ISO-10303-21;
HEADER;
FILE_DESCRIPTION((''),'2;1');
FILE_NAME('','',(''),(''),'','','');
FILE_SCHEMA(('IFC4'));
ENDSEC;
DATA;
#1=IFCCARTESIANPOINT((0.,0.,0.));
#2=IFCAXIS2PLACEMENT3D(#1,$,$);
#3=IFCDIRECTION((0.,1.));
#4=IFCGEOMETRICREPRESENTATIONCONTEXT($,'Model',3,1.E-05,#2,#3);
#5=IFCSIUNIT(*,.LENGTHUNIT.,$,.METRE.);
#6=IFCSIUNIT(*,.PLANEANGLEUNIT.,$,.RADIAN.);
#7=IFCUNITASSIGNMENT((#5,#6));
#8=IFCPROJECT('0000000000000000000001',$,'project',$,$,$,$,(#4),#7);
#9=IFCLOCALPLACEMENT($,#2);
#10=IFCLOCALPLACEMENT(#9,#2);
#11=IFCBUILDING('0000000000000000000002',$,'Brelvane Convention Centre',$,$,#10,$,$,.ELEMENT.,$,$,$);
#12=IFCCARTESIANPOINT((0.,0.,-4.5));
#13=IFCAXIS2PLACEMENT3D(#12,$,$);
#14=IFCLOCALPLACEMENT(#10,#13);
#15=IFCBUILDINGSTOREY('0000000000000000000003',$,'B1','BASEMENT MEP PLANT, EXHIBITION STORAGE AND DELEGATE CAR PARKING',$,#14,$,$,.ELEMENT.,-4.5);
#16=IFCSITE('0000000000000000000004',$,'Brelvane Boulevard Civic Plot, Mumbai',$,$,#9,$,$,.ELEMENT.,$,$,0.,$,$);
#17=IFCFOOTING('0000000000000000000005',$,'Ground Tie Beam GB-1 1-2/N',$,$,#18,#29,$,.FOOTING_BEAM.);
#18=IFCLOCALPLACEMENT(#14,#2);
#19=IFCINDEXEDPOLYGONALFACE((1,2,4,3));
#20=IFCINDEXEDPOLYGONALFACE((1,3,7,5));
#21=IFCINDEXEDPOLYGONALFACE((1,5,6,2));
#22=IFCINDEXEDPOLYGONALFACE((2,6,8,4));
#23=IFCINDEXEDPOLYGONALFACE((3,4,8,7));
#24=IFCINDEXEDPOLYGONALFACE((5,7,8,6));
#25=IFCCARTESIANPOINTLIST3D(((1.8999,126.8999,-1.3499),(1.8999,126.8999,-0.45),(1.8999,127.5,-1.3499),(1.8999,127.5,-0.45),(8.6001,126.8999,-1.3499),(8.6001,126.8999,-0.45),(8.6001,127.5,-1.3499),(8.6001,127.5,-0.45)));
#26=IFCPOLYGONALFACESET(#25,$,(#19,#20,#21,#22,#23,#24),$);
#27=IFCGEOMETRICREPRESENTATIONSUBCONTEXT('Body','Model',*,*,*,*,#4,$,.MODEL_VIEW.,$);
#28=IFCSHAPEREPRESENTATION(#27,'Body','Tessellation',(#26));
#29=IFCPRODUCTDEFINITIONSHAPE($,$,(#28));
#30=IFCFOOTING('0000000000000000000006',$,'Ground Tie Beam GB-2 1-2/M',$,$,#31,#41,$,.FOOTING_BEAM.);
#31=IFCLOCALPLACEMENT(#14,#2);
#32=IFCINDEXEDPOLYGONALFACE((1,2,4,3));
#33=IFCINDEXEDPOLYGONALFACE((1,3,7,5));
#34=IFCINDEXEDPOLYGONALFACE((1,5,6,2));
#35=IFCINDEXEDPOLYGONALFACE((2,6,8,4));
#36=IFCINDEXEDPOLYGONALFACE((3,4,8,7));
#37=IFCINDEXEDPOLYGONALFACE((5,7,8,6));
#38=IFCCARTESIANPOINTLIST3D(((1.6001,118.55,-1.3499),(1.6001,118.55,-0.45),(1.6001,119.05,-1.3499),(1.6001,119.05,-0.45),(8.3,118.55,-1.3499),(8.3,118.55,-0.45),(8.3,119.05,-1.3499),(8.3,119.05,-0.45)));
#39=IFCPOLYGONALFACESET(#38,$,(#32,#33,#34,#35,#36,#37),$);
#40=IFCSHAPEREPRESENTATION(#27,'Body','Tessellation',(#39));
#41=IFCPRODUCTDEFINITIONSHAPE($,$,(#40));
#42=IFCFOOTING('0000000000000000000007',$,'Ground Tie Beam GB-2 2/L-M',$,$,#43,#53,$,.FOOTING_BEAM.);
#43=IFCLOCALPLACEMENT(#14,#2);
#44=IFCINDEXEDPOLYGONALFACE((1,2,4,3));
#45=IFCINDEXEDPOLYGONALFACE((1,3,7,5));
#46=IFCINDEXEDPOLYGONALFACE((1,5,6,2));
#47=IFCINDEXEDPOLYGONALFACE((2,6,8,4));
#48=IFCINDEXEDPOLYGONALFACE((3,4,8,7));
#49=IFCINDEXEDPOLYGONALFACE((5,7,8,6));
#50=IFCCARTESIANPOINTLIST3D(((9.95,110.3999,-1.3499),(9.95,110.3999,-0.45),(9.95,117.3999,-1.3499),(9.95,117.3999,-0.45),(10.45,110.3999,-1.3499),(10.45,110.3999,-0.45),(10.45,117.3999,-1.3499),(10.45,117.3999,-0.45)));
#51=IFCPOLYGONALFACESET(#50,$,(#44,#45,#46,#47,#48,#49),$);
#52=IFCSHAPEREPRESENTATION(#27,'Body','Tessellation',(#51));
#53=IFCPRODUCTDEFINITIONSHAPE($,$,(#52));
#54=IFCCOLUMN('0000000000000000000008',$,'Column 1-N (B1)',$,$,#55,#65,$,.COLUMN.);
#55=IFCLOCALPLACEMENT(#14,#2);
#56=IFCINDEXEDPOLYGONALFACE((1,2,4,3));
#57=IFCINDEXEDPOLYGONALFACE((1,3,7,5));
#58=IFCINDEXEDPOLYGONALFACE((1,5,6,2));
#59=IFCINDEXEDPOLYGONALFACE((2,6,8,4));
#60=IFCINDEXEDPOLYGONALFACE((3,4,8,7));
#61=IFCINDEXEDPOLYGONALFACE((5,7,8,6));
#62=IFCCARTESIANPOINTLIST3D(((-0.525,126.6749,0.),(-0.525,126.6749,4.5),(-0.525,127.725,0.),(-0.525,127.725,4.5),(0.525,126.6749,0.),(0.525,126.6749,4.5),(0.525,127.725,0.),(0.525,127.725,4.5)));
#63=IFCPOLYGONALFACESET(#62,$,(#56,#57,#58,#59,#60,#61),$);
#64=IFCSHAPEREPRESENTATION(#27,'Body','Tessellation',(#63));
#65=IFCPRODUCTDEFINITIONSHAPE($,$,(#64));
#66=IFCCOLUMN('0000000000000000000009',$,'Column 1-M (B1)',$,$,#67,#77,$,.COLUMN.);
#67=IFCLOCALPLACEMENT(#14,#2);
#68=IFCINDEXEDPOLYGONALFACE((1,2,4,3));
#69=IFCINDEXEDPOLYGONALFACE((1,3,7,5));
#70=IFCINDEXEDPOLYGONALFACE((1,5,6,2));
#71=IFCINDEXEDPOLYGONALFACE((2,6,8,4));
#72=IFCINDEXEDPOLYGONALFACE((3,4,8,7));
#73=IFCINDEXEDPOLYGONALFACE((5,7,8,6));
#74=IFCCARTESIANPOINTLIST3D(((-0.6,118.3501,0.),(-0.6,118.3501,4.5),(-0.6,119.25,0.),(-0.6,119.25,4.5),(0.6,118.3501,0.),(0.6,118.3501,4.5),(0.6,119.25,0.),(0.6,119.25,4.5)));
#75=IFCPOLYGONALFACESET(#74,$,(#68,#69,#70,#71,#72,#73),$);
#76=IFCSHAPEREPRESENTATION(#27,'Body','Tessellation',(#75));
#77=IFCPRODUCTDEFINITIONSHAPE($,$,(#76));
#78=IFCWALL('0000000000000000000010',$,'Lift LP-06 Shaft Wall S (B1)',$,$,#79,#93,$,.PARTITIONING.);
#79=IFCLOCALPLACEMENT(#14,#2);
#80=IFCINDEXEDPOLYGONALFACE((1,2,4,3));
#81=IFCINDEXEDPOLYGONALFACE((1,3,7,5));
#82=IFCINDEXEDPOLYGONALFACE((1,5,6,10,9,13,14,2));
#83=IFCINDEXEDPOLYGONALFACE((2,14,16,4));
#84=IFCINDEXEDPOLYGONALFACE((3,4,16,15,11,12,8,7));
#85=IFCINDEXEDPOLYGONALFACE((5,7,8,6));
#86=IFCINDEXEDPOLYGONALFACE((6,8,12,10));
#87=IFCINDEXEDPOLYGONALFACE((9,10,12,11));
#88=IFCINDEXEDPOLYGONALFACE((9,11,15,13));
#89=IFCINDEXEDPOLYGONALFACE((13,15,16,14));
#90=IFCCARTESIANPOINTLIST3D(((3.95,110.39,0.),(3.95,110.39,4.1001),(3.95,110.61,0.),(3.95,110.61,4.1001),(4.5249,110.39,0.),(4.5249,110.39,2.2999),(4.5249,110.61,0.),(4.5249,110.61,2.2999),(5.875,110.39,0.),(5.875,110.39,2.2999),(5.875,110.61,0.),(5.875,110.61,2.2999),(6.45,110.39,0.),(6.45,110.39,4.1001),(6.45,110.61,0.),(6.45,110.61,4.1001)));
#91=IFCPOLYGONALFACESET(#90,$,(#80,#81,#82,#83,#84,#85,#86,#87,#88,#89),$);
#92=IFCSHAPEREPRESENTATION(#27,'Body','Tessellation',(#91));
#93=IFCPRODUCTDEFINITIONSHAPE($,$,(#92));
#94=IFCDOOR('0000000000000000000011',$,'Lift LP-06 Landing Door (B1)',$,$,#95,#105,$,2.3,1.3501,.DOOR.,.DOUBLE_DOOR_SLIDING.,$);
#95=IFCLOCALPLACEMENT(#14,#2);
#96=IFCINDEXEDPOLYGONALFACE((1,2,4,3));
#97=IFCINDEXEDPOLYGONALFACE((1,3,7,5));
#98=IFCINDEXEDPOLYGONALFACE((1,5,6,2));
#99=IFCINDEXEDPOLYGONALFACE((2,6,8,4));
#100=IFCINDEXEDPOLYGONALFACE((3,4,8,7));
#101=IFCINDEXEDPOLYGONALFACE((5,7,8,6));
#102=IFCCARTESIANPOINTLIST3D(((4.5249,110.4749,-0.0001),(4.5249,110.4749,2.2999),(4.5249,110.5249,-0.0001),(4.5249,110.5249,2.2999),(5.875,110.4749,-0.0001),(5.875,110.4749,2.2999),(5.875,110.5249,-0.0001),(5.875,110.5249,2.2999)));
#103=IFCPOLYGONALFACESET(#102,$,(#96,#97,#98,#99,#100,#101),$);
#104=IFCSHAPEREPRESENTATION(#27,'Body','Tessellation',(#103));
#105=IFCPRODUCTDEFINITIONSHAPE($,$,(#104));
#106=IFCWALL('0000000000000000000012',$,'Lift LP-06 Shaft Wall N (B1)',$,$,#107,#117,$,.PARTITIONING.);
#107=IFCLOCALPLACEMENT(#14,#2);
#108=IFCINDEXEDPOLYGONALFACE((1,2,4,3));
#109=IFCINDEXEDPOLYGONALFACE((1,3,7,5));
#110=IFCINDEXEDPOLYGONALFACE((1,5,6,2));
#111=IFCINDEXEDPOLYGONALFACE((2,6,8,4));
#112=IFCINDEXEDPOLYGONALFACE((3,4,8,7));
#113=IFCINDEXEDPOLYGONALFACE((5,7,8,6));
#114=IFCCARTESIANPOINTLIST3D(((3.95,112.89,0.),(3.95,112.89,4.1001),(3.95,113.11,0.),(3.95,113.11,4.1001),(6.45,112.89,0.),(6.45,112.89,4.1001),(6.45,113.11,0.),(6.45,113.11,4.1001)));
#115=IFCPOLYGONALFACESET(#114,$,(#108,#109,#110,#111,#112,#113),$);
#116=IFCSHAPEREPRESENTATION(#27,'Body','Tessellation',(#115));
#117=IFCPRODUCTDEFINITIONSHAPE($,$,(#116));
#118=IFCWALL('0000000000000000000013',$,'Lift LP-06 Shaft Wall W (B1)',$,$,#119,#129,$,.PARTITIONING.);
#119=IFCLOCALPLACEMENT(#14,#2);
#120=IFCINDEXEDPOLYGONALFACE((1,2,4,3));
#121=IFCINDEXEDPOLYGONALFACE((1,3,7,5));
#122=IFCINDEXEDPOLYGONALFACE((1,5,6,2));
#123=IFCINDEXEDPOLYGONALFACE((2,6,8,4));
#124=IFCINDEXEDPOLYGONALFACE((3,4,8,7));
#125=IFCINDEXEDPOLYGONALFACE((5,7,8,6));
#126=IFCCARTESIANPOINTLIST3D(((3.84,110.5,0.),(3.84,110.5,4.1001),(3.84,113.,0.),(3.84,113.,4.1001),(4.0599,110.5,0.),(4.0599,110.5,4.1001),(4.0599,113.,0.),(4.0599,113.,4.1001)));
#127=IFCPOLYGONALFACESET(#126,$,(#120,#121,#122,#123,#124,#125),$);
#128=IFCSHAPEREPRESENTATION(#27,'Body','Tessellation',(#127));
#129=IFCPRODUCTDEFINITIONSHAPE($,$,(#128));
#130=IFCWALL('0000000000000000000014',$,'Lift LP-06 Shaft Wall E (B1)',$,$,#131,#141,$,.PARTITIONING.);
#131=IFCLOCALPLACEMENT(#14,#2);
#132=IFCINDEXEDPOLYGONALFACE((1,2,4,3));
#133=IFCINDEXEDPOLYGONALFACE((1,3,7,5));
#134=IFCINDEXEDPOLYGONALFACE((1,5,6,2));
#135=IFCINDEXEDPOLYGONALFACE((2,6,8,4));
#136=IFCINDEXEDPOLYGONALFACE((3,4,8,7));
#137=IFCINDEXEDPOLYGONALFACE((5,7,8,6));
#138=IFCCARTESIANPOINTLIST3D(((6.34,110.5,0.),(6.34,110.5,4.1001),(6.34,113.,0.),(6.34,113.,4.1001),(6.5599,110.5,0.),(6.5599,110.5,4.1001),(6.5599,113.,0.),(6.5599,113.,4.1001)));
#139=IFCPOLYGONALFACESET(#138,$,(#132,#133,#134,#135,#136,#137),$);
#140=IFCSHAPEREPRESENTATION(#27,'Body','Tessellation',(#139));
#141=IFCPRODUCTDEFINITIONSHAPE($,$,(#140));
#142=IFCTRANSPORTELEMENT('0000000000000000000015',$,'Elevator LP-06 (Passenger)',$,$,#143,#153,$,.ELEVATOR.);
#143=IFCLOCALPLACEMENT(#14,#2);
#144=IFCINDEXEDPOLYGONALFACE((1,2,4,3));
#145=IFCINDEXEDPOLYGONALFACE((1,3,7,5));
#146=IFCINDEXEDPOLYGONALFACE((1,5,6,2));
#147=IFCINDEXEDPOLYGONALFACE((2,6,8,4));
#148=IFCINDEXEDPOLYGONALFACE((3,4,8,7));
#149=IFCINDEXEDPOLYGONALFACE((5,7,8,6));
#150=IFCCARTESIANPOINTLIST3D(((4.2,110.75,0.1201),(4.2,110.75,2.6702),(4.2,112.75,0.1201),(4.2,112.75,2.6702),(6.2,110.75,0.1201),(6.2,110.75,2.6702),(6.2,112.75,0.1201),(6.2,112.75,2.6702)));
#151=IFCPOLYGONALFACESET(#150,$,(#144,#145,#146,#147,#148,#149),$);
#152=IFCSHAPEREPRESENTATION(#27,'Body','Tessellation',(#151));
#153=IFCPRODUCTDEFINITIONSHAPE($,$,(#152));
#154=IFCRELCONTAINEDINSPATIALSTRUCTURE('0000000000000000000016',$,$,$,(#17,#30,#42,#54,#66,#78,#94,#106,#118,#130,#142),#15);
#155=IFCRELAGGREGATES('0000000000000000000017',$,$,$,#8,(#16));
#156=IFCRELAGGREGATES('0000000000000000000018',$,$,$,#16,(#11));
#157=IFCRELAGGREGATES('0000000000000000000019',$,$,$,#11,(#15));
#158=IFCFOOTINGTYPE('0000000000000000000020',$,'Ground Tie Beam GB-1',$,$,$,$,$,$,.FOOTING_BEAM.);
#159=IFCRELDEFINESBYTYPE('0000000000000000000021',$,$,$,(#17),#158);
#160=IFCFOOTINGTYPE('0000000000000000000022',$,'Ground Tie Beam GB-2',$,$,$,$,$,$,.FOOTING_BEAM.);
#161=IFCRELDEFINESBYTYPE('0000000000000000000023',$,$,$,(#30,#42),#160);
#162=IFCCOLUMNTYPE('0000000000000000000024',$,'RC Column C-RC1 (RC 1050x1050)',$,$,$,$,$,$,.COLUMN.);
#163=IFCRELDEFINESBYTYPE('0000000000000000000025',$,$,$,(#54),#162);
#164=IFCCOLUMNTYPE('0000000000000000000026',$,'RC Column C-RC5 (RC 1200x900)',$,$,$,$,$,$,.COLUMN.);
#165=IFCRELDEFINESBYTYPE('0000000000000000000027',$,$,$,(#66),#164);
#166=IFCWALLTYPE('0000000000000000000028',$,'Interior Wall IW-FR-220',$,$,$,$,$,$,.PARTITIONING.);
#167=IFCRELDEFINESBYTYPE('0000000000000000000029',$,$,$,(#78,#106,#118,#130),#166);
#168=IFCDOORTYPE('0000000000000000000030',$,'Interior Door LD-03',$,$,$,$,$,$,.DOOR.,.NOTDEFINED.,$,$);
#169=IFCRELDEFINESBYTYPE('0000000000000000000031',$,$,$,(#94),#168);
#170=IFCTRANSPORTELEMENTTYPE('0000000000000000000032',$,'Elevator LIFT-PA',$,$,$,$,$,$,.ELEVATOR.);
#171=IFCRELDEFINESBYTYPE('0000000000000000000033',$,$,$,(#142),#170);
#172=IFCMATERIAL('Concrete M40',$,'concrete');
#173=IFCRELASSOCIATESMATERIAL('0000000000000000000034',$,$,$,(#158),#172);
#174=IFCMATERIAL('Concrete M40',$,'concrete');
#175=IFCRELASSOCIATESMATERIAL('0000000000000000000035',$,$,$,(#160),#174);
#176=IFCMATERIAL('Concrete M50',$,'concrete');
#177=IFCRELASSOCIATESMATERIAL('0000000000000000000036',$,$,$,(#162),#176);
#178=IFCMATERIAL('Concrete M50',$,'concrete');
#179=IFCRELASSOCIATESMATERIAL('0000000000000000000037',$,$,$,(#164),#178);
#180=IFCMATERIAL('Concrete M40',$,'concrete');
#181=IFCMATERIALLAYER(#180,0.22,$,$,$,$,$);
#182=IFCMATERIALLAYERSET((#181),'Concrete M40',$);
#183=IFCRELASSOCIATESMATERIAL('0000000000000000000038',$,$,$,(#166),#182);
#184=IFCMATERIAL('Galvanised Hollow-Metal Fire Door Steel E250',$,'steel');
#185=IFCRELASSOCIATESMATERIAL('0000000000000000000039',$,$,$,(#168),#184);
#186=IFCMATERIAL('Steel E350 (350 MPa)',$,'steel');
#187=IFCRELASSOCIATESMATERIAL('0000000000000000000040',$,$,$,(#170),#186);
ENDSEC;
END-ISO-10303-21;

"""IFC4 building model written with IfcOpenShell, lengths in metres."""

from ifc_helpers import new_model, si_unit, direction, frame, frame_2d, origin, origin_2d, place, context, subcontext, project, spatial, rectangle, extrude, material, layer, layer_set, material_profile, profile_set, type_object, element, fill, save


model = new_model("IFC4")

# Units and contexts
model_context = context("Model", 3, precision=1e-05, world=origin(), true_north=direction((0.0, 1.0)))
body_context = subcontext(model_context, "Body", "Model", "MODEL_VIEW")
ifc_project = project(units=[si_unit("LENGTHUNIT", "METRE"), si_unit("PLANEANGLEUNIT", "RADIAN")], contexts=[model_context])

# Site, building, storey
site_placement = place(None, origin())
site = spatial("IfcSite", under=ifc_project, at=site_placement, Name="Brelvane Boulevard Civic Plot, Mumbai", CompositionType="ELEMENT", RefElevation=0.0)
building_placement = place(site_placement, origin())
building = spatial("IfcBuilding", under=site, at=building_placement, Name="Brelvane Convention Centre", CompositionType="ELEMENT")
storey_placement = place(building_placement, frame((0.0, 0.0, -4.5)))
storey = spatial("IfcBuildingStorey", under=building, at=storey_placement, Name="B1", Description="BASEMENT MEP PLANT, EXHIBITION STORAGE AND DELEGATE CAR PARKING", CompositionType="ELEMENT", Elevation=-4.5)

# Footings
ifc_material_1 = material(Name="Concrete M40", Category="concrete")
ifc_material_profile_1 = material_profile(ifc_material_1, rectangle(XDim=0.6001, YDim=0.8999, at=origin_2d()), Name="RC 600x900")
ifc_profile_set_1 = profile_set([ifc_material_profile_1], Name="Concrete M40")
footing_type_1 = type_object("IfcFootingType", Name="Ground Tie Beam GB-1", PredefinedType="FOOTING_BEAM", material=ifc_profile_set_1)
footing_1_placement = place(storey_placement, frame((1.8999, 127.2, -0.8999), z_axis=(1.0, 0.0, 0.0), x_axis=(0.0, 1.0, 0.0)))
element("IfcFooting", 1, at=footing_1_placement, inside=storey, type_object=footing_type_1, Name="Ground Tie Beam GB-1 1-2/N", PredefinedType="FOOTING_BEAM", context=body_context, shape_type="SweptSolid", body=[
    extrude(rectangle(XDim=0.6001, YDim=0.8999, at=origin_2d()), origin(), (0.0, 0.0, 1.0), 6.7002),
])
ifc_material_2 = material(Name="Concrete M40", Category="concrete")
ifc_material_profile_2 = material_profile(ifc_material_2, rectangle(XDim=0.5, YDim=0.8999, at=origin_2d()), Name="RC 500x900")
ifc_profile_set_2 = profile_set([ifc_material_profile_2], Name="Concrete M40")
footing_type_2 = type_object("IfcFootingType", Name="Ground Tie Beam GB-2", PredefinedType="FOOTING_BEAM", material=ifc_profile_set_2)
footing_2_placement = place(storey_placement, frame((1.6001, 118.8, -0.8999), z_axis=(1.0, 0.0, 0.0), x_axis=(0.0, 1.0, 0.0)))
element("IfcFooting", 2, at=footing_2_placement, inside=storey, type_object=footing_type_2, Name="Ground Tie Beam GB-2 1-2/M", PredefinedType="FOOTING_BEAM", context=body_context, shape_type="SweptSolid", body=[
    extrude(rectangle(XDim=0.5, YDim=0.8999, at=origin_2d()), origin(), (0.0, 0.0, 1.0), 6.7),
])
footing_3_placement = place(storey_placement, frame((10.2, 110.3999, -0.8999), z_axis=(0.0, 1.0, 0.0), x_axis=(-1.0, 0.0, 0.0)))
element("IfcFooting", 3, at=footing_3_placement, inside=storey, type_object=footing_type_2, Name="Ground Tie Beam GB-2 2/L-M", PredefinedType="FOOTING_BEAM", context=body_context, shape_type="SweptSolid", body=[
    extrude(rectangle(XDim=0.5, YDim=0.8999, at=origin_2d()), origin(), (0.0, 0.0, 1.0), 7.0),
])

# Columns
ifc_material_3 = material(Name="Concrete M50", Category="concrete")
ifc_material_profile_3 = material_profile(ifc_material_3, rectangle(XDim=1.05, YDim=1.05, at=origin_2d()), Name="RC 1050x1050")
ifc_profile_set_3 = profile_set([ifc_material_profile_3], Name="Concrete M50")
column_type_1 = type_object("IfcColumnType", Name="RC Column C-RC1 (RC 1050x1050)", PredefinedType="COLUMN", material=ifc_profile_set_3)
column_1_placement = place(storey_placement, frame((0.0, 127.2, 0.0), z_axis=(0.0, 0.0, 1.0), x_axis=(1.0, 0.0, 0.0)))
element("IfcColumn", 4, at=column_1_placement, inside=storey, type_object=column_type_1, Name="Column 1-N (B1)", PredefinedType="COLUMN", context=body_context, shape_type="SweptSolid", body=[
    extrude(rectangle(XDim=1.05, YDim=1.05, at=origin_2d()), origin(), (0.0, 0.0, 1.0), 4.5),
])
ifc_material_4 = material(Name="Concrete M50", Category="concrete")
ifc_material_profile_4 = material_profile(ifc_material_4, rectangle(XDim=1.2, YDim=0.8999, at=origin_2d()), Name="RC 1200x900")
ifc_profile_set_4 = profile_set([ifc_material_profile_4], Name="Concrete M50")
column_type_2 = type_object("IfcColumnType", Name="RC Column C-RC5 (RC 1200x900)", PredefinedType="COLUMN", material=ifc_profile_set_4)
column_2_placement = place(storey_placement, frame((0.0, 118.8, 0.0), z_axis=(0.0, 0.0, 1.0), x_axis=(1.0, 0.0, 0.0)))
element("IfcColumn", 5, at=column_2_placement, inside=storey, type_object=column_type_2, Name="Column 1-M (B1)", PredefinedType="COLUMN", context=body_context, shape_type="SweptSolid", body=[
    extrude(rectangle(XDim=1.2, YDim=0.8999, at=origin_2d()), origin(), (0.0, 0.0, 1.0), 4.5),
])

# Wall, opening, door
ifc_material_5 = material(Name="Concrete M40", Category="concrete")
ifc_layer = layer(ifc_material_5, 0.22)
ifc_layer_set = layer_set([ifc_layer], Name="Concrete M40")
wall_type = type_object("IfcWallType", Name="Interior Wall IW-FR-220", PredefinedType="PARTITIONING", material=ifc_layer_set)
wall_placement = place(storey_placement, frame((3.95, 110.5, 0.0), z_axis=(0.0, 0.0, 1.0), x_axis=(1.0, 0.0, 0.0)))
wall = element("IfcWall", 6, at=wall_placement, inside=storey, type_object=wall_type, Name="Lift LP-06 Shaft Wall S (B1)", PredefinedType="PARTITIONING", context=body_context, shape_type="SweptSolid", body=[
    extrude(rectangle(XDim=2.5, YDim=0.22, at=frame_2d((1.25, 0.0))), origin(), (0.0, 0.0, 1.0), 4.1001),
])
opening_placement = place(wall_placement, frame((0.575, 0.0, 0.0)))
opening = element("IfcOpeningElement", 7, at=opening_placement, cuts=wall, PredefinedType="OPENING", context=body_context, shape_type="SweptSolid", body=[
    extrude(rectangle(XDim=1.3501, YDim=2.3, at=frame_2d((0.675, 1.1499))), frame((0.0, 0.1199, 0.0), z_axis=(0.0, -1.0, 0.0), x_axis=(1.0, 0.0, 0.0)), (0.0, 0.0, 1.0), 0.24),
])
ifc_material_6 = material(Name="Galvanised Hollow-Metal Fire Door Steel E250", Category="steel")
door_type = type_object("IfcDoorType", Name="Interior Door LD-03", OperationType="NOTDEFINED", PredefinedType="DOOR", material=ifc_material_6)
door_placement = place(opening_placement, origin())
door = element("IfcDoor", 8, at=door_placement, inside=storey, type_object=door_type, Name="Lift LP-06 Landing Door (B1)", OperationType="DOUBLE_DOOR_SLIDING", OverallHeight=2.3, OverallWidth=1.3501, PredefinedType="DOOR", context=body_context, shape_type="SweptSolid", body=[
    extrude(rectangle(XDim=1.3501, YDim=2.3, at=frame_2d((0.675, 1.1499))), frame((0.0, 0.0249, 0.0), z_axis=(0.0, -1.0, 0.0), x_axis=(1.0, 0.0, 0.0)), (0.0, 0.0, 1.0), 0.05),
])
fill(opening, door)

# Walls
for number, where, z_axis, x_axis, name in (
    (9, (3.95, 113.0, 0.0), (0.0, 0.0, 1.0), (1.0, 0.0, 0.0), "Lift LP-06 Shaft Wall N (B1)"),
    (10, (3.95, 110.5, 0.0), (0.0, 0.0, 1.0), (0.0, 1.0, 0.0), "Lift LP-06 Shaft Wall W (B1)"),
    (11, (6.45, 110.5, 0.0), (0.0, 0.0, 1.0), (0.0, 1.0, 0.0), "Lift LP-06 Shaft Wall E (B1)"),
):
    element("IfcWall", number, at=place(storey_placement, frame(where, z_axis=z_axis, x_axis=x_axis)), inside=storey, type_object=wall_type, Name=name, PredefinedType="PARTITIONING", context=body_context, shape_type="SweptSolid", body=[
        extrude(rectangle(XDim=2.5, YDim=0.22, at=frame_2d((1.25, 0.0))), origin(), (0.0, 0.0, 1.0), 4.1001),
    ])

# Transport element
ifc_material_7 = material(Name="Steel E350 (350 MPa)", Category="steel")
transport_element_type = type_object("IfcTransportElementType", Name="Elevator LIFT-PA", PredefinedType="ELEVATOR", material=ifc_material_7)
transport_element_placement = place(storey_placement, frame((5.2, 111.75, 0.1201), z_axis=(0.0, 0.0, 1.0), x_axis=(1.0, 0.0, 0.0)))
element("IfcTransportElement", 12, at=transport_element_placement, inside=storey, type_object=transport_element_type, Name="Elevator LP-06 (Passenger)", PredefinedType="ELEVATOR", context=body_context, shape_type="SweptSolid", body=[
    extrude(rectangle(XDim=2.0, YDim=2.0, at=origin_2d()), origin(), (0.0, 0.0, 1.0), 2.55),
])

save(model, "model.ifc")
